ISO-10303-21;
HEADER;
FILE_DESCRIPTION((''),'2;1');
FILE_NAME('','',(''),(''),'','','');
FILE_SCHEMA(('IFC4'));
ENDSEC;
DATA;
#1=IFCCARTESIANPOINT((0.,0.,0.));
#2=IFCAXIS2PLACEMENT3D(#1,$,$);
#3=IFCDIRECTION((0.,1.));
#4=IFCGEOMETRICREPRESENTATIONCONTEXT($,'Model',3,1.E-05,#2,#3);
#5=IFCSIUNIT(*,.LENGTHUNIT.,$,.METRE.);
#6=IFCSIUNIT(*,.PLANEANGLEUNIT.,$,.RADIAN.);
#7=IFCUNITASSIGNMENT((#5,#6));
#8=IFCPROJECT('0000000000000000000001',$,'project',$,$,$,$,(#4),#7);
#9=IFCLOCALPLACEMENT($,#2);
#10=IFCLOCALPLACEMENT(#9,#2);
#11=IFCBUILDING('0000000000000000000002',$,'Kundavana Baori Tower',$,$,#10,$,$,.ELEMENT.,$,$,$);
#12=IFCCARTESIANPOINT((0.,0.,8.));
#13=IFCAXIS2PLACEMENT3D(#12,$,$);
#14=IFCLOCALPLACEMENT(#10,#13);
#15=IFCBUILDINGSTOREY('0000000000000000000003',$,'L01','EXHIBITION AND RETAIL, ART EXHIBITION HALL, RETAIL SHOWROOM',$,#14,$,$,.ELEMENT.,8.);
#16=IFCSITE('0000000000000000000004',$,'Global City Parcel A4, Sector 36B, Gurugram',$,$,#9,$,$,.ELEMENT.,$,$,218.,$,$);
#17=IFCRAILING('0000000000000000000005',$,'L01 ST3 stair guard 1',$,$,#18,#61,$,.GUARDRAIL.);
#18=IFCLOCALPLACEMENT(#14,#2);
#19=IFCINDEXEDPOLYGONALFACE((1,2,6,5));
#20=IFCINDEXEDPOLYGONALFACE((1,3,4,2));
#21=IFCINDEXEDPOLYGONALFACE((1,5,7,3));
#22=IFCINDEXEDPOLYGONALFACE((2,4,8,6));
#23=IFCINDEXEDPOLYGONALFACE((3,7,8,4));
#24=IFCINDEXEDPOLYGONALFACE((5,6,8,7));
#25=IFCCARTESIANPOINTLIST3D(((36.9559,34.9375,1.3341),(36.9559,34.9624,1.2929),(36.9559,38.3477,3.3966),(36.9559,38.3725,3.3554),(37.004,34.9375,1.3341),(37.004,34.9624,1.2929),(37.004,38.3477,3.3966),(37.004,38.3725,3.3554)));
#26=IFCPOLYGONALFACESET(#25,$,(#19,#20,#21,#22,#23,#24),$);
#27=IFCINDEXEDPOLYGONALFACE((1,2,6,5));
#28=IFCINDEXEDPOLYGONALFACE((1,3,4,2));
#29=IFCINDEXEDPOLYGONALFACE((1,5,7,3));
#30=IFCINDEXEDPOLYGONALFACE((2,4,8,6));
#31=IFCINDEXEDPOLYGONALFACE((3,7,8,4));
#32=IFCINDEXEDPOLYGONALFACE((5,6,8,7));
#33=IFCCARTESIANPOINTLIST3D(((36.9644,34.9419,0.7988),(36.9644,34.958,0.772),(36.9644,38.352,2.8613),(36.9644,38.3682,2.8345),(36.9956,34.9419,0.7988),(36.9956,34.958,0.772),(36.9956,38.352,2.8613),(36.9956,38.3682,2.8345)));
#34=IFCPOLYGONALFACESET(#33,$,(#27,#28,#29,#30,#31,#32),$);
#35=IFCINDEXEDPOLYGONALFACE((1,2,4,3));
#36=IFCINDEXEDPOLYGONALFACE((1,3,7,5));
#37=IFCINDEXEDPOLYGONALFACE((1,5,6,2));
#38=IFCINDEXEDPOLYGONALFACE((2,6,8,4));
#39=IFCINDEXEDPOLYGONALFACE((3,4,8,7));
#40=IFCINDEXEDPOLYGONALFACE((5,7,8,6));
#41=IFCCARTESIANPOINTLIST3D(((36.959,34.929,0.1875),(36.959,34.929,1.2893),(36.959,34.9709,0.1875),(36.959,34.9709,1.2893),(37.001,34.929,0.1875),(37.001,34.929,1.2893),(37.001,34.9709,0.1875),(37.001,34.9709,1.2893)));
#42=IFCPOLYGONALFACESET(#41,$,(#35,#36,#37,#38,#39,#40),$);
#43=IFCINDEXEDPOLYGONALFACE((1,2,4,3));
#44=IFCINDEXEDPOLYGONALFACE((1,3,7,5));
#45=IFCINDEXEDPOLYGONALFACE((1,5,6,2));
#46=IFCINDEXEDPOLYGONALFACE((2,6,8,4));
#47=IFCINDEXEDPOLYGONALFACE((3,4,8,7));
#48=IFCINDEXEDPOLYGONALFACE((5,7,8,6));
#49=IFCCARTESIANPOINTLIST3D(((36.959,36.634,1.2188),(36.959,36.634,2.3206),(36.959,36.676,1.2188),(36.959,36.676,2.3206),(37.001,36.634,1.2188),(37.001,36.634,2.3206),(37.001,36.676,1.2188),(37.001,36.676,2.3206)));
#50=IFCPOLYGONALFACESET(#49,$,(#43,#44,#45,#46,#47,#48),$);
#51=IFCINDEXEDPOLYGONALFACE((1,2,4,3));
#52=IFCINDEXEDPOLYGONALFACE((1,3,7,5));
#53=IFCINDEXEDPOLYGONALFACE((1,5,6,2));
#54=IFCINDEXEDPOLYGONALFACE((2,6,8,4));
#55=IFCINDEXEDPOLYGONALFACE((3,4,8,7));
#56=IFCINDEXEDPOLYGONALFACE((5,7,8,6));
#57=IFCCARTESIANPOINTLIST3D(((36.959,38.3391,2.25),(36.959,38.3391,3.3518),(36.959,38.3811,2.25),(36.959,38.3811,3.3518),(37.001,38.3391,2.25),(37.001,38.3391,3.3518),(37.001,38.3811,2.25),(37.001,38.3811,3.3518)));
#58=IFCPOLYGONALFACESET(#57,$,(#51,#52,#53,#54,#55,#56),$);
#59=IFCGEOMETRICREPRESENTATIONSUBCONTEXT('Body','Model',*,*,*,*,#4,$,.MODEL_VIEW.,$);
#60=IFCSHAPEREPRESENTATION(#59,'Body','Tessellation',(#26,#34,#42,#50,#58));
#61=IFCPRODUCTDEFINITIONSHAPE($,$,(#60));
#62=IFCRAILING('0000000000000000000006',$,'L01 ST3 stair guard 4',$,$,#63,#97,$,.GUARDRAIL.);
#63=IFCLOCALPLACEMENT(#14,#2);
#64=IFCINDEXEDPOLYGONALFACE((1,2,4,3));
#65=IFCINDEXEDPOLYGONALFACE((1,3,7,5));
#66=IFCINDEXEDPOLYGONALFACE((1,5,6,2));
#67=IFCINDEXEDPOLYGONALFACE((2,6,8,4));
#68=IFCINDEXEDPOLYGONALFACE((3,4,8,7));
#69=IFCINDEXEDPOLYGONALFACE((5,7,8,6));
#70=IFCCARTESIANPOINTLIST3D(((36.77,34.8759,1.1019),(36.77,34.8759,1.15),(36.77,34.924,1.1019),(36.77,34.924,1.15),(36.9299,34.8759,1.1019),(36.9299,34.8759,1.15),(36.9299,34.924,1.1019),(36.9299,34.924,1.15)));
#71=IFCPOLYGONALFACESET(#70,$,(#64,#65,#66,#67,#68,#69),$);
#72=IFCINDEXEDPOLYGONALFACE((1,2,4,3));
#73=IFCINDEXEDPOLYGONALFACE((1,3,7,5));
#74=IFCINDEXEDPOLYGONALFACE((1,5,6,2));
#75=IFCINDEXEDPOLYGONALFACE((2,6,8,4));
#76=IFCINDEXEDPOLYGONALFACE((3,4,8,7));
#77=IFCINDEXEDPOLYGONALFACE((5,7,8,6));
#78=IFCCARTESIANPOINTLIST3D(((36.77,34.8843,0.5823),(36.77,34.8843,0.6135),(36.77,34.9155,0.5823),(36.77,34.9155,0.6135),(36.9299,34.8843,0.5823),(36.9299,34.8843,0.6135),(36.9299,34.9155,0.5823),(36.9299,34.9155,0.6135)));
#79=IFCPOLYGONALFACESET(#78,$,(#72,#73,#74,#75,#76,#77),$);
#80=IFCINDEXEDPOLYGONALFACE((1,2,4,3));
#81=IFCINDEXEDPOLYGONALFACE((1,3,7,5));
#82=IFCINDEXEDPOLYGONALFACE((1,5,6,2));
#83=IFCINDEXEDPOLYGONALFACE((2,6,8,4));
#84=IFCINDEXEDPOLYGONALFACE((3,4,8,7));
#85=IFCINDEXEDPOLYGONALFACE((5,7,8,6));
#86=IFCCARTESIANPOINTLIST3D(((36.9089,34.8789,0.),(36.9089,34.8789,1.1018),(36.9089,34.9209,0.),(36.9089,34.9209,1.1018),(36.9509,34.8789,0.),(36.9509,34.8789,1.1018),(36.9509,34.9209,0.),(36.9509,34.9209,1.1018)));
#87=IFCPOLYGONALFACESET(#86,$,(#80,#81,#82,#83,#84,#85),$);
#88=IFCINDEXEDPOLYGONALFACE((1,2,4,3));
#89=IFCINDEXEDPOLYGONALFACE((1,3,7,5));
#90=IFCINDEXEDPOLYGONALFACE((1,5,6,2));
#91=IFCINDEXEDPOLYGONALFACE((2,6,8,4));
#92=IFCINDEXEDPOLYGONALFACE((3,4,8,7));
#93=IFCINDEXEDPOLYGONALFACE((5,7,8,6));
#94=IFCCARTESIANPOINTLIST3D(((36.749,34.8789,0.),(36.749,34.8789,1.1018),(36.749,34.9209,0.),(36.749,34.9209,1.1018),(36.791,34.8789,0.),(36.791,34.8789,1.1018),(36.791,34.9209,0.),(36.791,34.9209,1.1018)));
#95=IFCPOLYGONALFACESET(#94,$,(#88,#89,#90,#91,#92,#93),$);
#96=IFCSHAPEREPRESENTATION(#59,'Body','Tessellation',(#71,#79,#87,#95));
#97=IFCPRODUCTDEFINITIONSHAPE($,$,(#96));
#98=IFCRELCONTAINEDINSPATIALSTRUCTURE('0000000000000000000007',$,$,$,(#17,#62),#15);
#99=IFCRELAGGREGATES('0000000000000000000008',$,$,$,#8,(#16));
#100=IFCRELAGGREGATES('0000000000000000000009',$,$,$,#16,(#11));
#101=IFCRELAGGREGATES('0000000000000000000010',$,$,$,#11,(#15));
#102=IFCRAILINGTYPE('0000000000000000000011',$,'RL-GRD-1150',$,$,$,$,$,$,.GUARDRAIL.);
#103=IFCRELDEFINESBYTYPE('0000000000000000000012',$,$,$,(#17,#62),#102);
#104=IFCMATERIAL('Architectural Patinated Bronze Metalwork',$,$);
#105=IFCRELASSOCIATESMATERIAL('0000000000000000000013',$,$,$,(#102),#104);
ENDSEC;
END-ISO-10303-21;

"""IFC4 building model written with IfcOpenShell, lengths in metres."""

from ifc_helpers import new_model, si_unit, direction, frame, origin, origin_2d, place, context, subcontext, project, spatial, rectangle, extrude, material, type_object, element, save


model = new_model("IFC4")

# Units and contexts
model_context = context("Model", 3, precision=1e-05, world=origin(), true_north=direction((0.0, 1.0)))
body_context = subcontext(model_context, "Body", "Model", "MODEL_VIEW")
ifc_project = project(units=[si_unit("LENGTHUNIT", "METRE"), si_unit("PLANEANGLEUNIT", "RADIAN")], contexts=[model_context])

# Site, building, storey
site_placement = place(None, origin())
site = spatial("IfcSite", under=ifc_project, at=site_placement, Name="Global City Parcel A4, Sector 36B, Gurugram", CompositionType="ELEMENT", RefElevation=218.0)
building_placement = place(site_placement, origin())
building = spatial("IfcBuilding", under=site, at=building_placement, Name="Kundavana Baori Tower", CompositionType="ELEMENT")
storey_placement = place(building_placement, frame((0.0, 0.0, 8.0)))
storey = spatial("IfcBuildingStorey", under=building, at=storey_placement, Name="L01", Description="EXHIBITION AND RETAIL, ART EXHIBITION HALL, RETAIL SHOWROOM", CompositionType="ELEMENT", Elevation=8.0)

# Railings
ifc_material_1 = material(Name="Architectural Patinated Bronze Metalwork")
railing_type = type_object("IfcRailingType", Name="RL-GRD-1150", PredefinedType="GUARDRAIL", material=ifc_material_1)
railing_1_placement = place(storey_placement, frame((36.98, 34.95, 0.1875)))
element("IfcRailing", 1, at=railing_1_placement, inside=storey, type_object=railing_type, Name="L01 ST3 stair guard 1", PredefinedType="GUARDRAIL", context=body_context, shape_type="SweptSolid", body=[
    extrude(rectangle(XDim=0.0481, YDim=0.0481, at=origin_2d()), frame((0.0, 0.0, 1.126), z_axis=(0.0, 0.855671, 0.517519), x_axis=(-1.0, 0.0, 0.0)), (0.0, 0.0, 1.0), 3.9854),
    extrude(rectangle(XDim=0.0312, YDim=0.0312, at=origin_2d()), frame((0.0, 0.0, 0.5979), z_axis=(0.0, 0.855671, 0.517519), x_axis=(-1.0, 0.0, 0.0)), (0.0, 0.0, 1.0), 3.9854),
    extrude(rectangle(XDim=0.042, YDim=0.042, at=origin_2d()), origin(), (0.0, 0.0, 1.0), 1.1018),
    extrude(rectangle(XDim=0.042, YDim=0.042, at=origin_2d()), frame((0.0, 1.7051, 1.0312)), (0.0, 0.0, 1.0), 1.1018),
    extrude(rectangle(XDim=0.042, YDim=0.042, at=origin_2d()), frame((0.0, 3.4102, 2.0625)), (0.0, 0.0, 1.0), 1.1018),
])
railing_2_placement = place(storey_placement, frame((36.9299, 34.8999, 0.0)))
element("IfcRailing", 2, at=railing_2_placement, inside=storey, type_object=railing_type, Name="L01 ST3 stair guard 4", PredefinedType="GUARDRAIL", context=body_context, shape_type="SweptSolid", body=[
    extrude(rectangle(XDim=0.0481, YDim=0.0481, at=origin_2d()), frame((0.0, 0.0, 1.126), z_axis=(-1.0, 0.0, 0.0), x_axis=(0.0, -1.0, 0.0)), (0.0, 0.0, 1.0), 0.1599),
    extrude(rectangle(XDim=0.0312, YDim=0.0312, at=origin_2d()), frame((0.0, 0.0, 0.5979), z_axis=(-1.0, 0.0, 0.0), x_axis=(0.0, -1.0, 0.0)), (0.0, 0.0, 1.0), 0.1599),
    extrude(rectangle(XDim=0.042, YDim=0.042, at=origin_2d()), origin(), (0.0, 0.0, 1.0), 1.1018),
    extrude(rectangle(XDim=0.042, YDim=0.042, at=origin_2d()), frame((-0.1599, 0.0, 0.0)), (0.0, 0.0, 1.0), 1.1018),
])

save(model, "model.ifc")
